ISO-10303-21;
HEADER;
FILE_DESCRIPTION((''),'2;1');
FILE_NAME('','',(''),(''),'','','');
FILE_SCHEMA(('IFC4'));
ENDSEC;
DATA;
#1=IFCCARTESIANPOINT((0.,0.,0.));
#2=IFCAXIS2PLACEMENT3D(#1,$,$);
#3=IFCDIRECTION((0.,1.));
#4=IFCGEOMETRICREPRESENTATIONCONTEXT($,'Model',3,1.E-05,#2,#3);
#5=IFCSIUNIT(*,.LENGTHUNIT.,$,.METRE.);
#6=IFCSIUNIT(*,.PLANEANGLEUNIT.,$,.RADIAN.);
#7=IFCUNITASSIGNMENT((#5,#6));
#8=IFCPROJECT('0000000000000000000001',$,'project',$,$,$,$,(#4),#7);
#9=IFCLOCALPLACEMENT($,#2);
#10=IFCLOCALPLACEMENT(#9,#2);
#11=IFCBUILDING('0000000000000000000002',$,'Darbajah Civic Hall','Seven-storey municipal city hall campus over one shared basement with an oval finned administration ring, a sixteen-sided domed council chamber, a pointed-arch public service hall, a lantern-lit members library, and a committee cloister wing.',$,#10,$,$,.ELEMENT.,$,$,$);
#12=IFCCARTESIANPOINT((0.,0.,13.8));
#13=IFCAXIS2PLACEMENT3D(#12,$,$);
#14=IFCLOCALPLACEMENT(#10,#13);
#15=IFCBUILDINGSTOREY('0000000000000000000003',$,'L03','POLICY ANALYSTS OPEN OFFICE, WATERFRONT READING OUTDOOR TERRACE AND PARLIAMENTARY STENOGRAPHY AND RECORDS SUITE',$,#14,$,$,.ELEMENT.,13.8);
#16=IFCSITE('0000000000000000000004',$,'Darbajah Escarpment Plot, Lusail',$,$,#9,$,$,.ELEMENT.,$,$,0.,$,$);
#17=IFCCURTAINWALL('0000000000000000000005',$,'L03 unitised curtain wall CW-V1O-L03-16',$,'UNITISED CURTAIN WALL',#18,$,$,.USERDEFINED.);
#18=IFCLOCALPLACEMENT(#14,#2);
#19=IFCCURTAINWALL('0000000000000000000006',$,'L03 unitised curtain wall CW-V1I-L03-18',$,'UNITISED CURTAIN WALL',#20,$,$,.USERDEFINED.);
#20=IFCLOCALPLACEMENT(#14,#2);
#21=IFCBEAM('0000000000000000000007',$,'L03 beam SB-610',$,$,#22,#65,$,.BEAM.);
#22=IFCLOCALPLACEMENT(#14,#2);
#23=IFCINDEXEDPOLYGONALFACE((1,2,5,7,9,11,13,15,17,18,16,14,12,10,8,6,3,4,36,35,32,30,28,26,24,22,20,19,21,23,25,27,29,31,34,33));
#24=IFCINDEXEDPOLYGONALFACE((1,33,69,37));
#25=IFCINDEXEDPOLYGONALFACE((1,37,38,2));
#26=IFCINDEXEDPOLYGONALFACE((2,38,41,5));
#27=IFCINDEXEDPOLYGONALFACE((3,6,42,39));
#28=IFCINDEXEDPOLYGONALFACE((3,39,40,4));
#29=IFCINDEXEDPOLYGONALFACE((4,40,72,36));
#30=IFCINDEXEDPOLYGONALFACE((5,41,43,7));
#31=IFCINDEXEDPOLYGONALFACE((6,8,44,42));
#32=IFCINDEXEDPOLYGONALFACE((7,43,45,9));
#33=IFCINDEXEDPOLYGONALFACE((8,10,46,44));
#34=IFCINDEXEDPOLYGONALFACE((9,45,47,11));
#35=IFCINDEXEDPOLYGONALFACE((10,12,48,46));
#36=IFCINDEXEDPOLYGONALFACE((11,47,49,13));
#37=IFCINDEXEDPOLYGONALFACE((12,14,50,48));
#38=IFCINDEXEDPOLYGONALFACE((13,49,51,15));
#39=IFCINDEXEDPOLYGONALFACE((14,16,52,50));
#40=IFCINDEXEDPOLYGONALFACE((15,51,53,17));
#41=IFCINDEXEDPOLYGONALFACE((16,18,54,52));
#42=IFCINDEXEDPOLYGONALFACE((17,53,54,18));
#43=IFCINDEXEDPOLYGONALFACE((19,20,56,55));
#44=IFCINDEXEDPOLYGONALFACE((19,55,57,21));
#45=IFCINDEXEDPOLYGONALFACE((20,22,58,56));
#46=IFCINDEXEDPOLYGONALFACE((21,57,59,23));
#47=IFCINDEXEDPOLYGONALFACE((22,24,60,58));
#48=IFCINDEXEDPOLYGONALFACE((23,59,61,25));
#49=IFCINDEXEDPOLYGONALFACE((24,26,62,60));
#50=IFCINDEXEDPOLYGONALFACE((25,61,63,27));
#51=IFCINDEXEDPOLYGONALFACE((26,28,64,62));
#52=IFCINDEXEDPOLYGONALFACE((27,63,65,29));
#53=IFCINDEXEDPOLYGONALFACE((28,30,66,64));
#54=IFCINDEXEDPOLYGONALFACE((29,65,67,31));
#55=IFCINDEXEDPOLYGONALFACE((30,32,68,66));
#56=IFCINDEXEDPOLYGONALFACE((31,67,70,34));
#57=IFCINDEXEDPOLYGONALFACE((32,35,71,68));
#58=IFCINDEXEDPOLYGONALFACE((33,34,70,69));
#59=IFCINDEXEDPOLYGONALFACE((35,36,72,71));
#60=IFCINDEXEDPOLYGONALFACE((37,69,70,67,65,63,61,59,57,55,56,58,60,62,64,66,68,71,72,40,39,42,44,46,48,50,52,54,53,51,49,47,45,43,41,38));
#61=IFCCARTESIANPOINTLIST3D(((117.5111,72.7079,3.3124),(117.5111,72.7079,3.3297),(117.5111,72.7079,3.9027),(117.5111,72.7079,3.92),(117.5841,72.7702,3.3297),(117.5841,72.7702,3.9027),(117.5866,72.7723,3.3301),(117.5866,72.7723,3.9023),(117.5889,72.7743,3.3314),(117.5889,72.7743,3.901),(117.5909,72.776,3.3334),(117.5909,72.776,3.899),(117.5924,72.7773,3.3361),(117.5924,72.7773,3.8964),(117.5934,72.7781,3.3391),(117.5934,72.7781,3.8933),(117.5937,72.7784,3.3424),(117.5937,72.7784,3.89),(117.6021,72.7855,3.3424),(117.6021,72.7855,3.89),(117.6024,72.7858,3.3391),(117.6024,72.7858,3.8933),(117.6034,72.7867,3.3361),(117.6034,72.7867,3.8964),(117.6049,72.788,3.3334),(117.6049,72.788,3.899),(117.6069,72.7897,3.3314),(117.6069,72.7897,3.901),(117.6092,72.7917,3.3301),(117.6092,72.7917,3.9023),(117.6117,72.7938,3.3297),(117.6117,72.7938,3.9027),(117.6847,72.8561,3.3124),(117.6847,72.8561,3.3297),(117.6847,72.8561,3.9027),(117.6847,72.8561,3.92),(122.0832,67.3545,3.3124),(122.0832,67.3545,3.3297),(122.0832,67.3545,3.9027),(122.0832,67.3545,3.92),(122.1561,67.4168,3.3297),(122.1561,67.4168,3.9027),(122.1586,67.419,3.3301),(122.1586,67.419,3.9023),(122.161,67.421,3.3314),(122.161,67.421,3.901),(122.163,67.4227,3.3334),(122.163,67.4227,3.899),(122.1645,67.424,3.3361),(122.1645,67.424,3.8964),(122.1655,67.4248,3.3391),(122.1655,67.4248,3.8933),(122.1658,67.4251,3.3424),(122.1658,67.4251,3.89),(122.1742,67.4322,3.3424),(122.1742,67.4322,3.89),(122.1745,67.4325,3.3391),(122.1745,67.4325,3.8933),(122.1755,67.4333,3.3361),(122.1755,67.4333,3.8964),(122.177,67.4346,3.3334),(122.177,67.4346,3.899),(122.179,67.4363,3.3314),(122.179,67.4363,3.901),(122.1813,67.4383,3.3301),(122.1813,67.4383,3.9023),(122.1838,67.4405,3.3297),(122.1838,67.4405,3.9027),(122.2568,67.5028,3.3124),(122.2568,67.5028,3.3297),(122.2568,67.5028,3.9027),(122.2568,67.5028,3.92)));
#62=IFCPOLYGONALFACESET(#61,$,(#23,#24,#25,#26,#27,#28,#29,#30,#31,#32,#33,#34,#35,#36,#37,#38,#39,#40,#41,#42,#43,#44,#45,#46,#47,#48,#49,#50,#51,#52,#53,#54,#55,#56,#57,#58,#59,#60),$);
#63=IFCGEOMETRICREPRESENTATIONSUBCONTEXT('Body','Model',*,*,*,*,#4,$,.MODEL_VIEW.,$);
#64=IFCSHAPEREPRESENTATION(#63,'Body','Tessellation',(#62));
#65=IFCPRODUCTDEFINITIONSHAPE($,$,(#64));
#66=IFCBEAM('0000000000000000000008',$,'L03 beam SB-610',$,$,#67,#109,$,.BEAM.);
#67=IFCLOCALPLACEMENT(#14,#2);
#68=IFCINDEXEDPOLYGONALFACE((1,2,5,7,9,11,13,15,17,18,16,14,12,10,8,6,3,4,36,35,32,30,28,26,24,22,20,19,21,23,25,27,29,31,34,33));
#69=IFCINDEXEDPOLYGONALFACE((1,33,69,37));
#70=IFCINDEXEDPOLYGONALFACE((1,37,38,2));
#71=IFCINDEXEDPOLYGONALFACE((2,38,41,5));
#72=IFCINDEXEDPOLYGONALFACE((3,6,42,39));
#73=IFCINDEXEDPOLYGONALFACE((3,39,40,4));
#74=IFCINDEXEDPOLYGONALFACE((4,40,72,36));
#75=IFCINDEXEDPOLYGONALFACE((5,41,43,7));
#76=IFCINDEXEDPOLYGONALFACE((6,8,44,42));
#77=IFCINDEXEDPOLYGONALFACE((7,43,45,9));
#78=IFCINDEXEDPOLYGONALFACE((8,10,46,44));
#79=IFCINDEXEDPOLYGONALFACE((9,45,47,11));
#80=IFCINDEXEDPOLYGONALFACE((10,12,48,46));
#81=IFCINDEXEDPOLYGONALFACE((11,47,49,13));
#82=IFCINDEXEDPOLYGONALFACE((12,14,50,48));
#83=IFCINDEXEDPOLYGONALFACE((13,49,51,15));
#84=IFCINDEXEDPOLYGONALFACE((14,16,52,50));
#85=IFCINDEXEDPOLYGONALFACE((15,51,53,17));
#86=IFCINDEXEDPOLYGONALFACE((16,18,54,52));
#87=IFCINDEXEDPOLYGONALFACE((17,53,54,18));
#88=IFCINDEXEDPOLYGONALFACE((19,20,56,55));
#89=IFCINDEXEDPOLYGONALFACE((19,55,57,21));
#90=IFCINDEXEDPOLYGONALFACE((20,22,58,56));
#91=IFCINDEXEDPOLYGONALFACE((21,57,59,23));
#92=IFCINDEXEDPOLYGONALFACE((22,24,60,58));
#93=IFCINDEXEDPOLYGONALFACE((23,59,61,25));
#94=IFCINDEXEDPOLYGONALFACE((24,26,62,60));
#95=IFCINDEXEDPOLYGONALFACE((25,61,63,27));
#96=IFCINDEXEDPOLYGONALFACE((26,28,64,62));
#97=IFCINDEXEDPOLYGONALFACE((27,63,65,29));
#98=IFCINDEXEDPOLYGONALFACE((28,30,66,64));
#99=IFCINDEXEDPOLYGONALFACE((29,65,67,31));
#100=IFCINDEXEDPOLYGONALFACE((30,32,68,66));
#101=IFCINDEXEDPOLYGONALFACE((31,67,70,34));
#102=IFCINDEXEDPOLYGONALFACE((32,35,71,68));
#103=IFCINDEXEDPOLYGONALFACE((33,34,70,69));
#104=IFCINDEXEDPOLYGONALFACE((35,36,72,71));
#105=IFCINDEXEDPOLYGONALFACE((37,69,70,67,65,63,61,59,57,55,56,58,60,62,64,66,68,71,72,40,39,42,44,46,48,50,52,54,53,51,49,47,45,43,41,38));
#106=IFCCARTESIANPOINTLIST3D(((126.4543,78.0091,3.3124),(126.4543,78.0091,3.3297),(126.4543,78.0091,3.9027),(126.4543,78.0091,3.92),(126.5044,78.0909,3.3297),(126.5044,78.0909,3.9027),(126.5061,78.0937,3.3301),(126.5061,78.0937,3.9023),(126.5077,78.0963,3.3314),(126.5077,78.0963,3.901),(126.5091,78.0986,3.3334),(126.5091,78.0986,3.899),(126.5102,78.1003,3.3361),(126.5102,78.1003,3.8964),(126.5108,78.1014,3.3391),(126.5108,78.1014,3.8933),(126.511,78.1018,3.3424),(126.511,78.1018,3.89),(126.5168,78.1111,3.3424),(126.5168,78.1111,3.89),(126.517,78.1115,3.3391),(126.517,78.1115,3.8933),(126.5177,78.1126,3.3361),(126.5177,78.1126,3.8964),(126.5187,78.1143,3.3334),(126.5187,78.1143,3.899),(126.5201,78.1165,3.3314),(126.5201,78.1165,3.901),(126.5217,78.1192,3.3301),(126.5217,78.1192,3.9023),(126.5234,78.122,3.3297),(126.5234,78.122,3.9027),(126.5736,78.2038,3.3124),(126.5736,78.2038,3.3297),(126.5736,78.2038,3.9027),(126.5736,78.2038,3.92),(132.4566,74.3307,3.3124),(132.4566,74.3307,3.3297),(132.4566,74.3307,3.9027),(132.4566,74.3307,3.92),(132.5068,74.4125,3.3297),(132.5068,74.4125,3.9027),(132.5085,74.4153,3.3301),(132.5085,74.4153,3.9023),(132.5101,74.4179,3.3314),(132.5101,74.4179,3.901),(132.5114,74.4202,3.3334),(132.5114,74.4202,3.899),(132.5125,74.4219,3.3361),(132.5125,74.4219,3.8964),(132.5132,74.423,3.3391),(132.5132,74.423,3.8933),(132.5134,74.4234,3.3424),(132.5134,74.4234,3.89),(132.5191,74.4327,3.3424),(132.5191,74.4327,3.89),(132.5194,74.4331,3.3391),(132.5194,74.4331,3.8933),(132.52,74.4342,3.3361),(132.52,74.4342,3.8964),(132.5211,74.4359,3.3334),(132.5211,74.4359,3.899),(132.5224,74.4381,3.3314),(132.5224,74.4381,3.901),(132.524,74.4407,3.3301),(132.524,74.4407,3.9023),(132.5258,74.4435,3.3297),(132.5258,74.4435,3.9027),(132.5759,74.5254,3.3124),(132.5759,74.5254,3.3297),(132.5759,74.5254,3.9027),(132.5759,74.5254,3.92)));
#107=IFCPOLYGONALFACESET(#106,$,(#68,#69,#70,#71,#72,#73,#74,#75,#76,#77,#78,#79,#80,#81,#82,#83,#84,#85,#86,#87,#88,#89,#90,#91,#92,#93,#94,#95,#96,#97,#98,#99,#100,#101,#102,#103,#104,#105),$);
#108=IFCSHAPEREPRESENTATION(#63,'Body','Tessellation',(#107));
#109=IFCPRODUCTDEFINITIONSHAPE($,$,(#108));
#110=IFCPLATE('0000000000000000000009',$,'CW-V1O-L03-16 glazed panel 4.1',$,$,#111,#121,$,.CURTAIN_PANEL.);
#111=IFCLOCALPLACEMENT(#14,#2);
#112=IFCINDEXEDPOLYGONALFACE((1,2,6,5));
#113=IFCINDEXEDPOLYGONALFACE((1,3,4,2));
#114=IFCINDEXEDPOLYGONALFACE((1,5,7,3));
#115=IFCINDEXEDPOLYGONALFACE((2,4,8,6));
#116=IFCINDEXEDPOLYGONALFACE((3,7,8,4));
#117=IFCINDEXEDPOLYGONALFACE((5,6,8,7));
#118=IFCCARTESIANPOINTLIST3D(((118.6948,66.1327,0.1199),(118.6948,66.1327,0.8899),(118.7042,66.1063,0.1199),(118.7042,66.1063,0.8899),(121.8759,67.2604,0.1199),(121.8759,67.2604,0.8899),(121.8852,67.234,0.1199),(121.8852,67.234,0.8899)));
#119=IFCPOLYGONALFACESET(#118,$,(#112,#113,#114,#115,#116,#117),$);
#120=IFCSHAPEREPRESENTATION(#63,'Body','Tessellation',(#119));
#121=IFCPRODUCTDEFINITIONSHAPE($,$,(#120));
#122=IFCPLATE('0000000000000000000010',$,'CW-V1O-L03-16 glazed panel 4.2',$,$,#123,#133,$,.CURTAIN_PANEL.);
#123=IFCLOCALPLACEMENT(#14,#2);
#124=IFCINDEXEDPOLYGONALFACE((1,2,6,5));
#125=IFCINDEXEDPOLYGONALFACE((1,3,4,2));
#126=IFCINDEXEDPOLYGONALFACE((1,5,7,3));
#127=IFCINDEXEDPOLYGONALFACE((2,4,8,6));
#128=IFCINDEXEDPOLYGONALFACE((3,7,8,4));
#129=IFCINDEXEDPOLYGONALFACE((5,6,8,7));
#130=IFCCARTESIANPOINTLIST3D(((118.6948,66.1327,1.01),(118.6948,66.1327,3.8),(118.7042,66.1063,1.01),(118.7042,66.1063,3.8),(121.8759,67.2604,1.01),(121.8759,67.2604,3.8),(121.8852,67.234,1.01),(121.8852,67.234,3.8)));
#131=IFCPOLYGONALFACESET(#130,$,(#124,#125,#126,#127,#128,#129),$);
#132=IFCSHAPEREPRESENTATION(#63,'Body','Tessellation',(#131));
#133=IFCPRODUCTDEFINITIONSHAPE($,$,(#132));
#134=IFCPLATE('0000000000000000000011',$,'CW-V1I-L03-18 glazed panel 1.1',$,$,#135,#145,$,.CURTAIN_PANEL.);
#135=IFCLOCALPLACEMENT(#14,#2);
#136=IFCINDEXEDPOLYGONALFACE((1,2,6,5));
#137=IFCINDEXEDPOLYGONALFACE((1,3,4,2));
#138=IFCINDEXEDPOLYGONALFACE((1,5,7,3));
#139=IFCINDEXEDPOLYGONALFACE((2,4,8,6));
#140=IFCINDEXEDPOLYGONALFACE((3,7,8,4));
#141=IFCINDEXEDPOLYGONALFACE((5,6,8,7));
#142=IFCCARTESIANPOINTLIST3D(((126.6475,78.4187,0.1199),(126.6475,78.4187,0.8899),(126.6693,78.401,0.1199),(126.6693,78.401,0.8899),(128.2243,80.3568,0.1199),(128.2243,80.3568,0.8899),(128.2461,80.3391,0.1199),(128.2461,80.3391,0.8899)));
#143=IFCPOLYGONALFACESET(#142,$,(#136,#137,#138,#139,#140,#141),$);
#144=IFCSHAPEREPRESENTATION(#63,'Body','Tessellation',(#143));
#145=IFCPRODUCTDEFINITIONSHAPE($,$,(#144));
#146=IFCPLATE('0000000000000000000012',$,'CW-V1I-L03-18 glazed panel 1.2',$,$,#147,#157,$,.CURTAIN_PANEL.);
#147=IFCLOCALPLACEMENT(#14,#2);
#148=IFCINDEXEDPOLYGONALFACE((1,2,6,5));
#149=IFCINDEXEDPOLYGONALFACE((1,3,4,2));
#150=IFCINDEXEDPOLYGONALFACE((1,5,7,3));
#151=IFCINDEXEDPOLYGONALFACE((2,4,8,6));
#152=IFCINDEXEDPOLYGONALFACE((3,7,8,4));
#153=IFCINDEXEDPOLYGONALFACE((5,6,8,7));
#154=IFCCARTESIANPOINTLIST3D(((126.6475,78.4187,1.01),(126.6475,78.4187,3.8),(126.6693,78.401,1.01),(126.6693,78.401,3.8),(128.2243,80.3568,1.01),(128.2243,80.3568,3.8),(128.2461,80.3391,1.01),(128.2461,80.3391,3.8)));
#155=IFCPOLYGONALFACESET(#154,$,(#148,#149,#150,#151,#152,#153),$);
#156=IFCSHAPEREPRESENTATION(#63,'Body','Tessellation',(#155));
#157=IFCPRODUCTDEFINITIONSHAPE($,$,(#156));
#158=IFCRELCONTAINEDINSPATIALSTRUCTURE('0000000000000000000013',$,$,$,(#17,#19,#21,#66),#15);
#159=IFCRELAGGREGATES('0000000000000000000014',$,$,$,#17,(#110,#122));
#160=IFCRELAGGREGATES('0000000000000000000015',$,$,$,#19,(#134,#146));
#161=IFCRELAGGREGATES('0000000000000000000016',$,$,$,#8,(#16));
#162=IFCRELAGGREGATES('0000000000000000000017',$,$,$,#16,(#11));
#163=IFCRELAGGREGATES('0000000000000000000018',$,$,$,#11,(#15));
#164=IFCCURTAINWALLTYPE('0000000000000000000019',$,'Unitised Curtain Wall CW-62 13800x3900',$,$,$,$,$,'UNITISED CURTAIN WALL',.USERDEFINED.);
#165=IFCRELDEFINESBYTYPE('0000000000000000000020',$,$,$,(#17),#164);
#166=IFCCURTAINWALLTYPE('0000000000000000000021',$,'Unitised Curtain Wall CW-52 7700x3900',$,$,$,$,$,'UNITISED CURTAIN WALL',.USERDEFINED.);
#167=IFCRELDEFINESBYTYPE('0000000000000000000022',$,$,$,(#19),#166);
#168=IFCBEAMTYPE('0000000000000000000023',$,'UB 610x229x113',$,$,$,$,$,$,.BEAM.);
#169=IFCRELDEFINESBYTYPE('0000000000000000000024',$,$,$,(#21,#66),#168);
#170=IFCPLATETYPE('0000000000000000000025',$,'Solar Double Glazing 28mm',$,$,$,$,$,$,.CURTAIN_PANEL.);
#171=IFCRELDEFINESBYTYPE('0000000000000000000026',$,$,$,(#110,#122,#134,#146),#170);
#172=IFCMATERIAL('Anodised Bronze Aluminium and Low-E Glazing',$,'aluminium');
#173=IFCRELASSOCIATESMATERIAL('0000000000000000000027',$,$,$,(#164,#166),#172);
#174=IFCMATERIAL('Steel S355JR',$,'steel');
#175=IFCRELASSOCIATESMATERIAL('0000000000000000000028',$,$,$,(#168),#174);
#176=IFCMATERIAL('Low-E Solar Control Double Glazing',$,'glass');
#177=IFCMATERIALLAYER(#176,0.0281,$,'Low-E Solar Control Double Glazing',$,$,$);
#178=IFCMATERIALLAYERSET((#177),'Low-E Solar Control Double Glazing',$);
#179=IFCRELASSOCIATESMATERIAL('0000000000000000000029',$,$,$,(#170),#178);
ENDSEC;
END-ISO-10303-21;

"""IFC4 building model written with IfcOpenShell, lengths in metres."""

from ifc_helpers import new_model, si_unit, direction, frame, origin, origin_2d, place, context, subcontext, project, spatial, rectangle, i_section, extrude, material, layer, layer_set, material_profile, profile_set, type_object, element, aggregate, save


model = new_model("IFC4")

# Units and contexts
model_context = context("Model", 3, precision=1e-05, world=origin(), true_north=direction((0.0, 1.0)))
body_context = subcontext(model_context, "Body", "Model", "MODEL_VIEW")
ifc_project = project(units=[si_unit("LENGTHUNIT", "METRE"), si_unit("PLANEANGLEUNIT", "RADIAN")], contexts=[model_context])

# Site, building, storey
site_placement = place(None, origin())
site = spatial("IfcSite", under=ifc_project, at=site_placement, Name="Darbajah Escarpment Plot, Lusail", CompositionType="ELEMENT", RefElevation=0.0)
building_placement = place(site_placement, origin())
building = spatial("IfcBuilding", under=site, at=building_placement, Name="Darbajah Civic Hall", Description="Seven-storey municipal city hall campus over one shared basement with an oval finned administration ring, a sixteen-sided domed council chamber, a pointed-arch public service hall, a lantern-lit members library, and a committee cloister wing.", CompositionType="ELEMENT")
storey_placement = place(building_placement, frame((0.0, 0.0, 13.8)))
storey = spatial("IfcBuildingStorey", under=building, at=storey_placement, Name="L03", Description="POLICY ANALYSTS OPEN OFFICE, WATERFRONT READING OUTDOOR TERRACE AND PARLIAMENTARY STENOGRAPHY AND RECORDS SUITE", CompositionType="ELEMENT", Elevation=13.8)

# Curtain walls
ifc_material_1 = material(Name="Anodised Bronze Aluminium and Low-E Glazing", Category="aluminium")
curtain_wall_type_1 = type_object("IfcCurtainWallType", Name="Unitised Curtain Wall CW-62 13800x3900", ElementType="UNITISED CURTAIN WALL", PredefinedType="USERDEFINED", material=ifc_material_1)
curtain_wall_1_placement = place(storey_placement, origin())
curtain_wall_1 = element("IfcCurtainWall", 1, at=curtain_wall_1_placement, inside=storey, type_object=curtain_wall_type_1, Name="L03 unitised curtain wall CW-V1O-L03-16", ObjectType="UNITISED CURTAIN WALL", PredefinedType="USERDEFINED")
curtain_wall_type_2 = type_object("IfcCurtainWallType", Name="Unitised Curtain Wall CW-52 7700x3900", ElementType="UNITISED CURTAIN WALL", PredefinedType="USERDEFINED", material=ifc_material_1)
curtain_wall_2_placement = place(storey_placement, origin())
curtain_wall_2 = element("IfcCurtainWall", 2, at=curtain_wall_2_placement, inside=storey, type_object=curtain_wall_type_2, Name="L03 unitised curtain wall CW-V1I-L03-18", ObjectType="UNITISED CURTAIN WALL", PredefinedType="USERDEFINED")

# Beams
ifc_material_2 = material(Name="Steel S355JR", Category="steel")
ifc_material_profile_1 = material_profile(ifc_material_2, i_section(OverallWidth=0.2283, OverallDepth=0.6077, WebThickness=0.011, FlangeThickness=0.0173, FilletRadius=0.0127, at=origin_2d()), Name="UB 610x229x113")
ifc_profile_set_1 = profile_set([ifc_material_profile_1], Name="Steel S355JR")
beam_type_1 = type_object("IfcBeamType", Name="UB 610x229x113", PredefinedType="BEAM", material=ifc_profile_set_1)
beam_1_placement = place(storey_placement, frame((117.5979, 72.782, 3.6162), z_axis=(0.649439, -0.760413, 0.0), x_axis=(0.760413, 0.649439, 0.0)))
element("IfcBeam", 3, at=beam_1_placement, inside=storey, type_object=beam_type_1, Name="L03 beam SB-610", PredefinedType="BEAM", context=body_context, shape_type="SweptSolid", body=[
    extrude(i_section(OverallWidth=0.2283, OverallDepth=0.6077, WebThickness=0.011, FlangeThickness=0.0173, FilletRadius=0.0127, at=origin_2d()), origin(), (0.0, 0.0, 1.0), 7.04),
])
beam_2_placement = place(storey_placement, frame((126.5139, 78.1064, 3.6162), z_axis=(0.85263, -0.522516, 0.0), x_axis=(0.522516, 0.85263, 0.0)))
element("IfcBeam", 4, at=beam_2_placement, inside=storey, type_object=beam_type_1, Name="L03 beam SB-610", PredefinedType="BEAM", context=body_context, shape_type="SweptSolid", body=[
    extrude(i_section(OverallWidth=0.2283, OverallDepth=0.6077, WebThickness=0.011, FlangeThickness=0.0173, FilletRadius=0.0127, at=origin_2d()), origin(), (0.0, 0.0, 1.0), 7.0398),
])

# Plates
ifc_material_3 = material(Name="Low-E Solar Control Double Glazing", Category="glass")
ifc_layer_1 = layer(ifc_material_3, 0.0281, Name="Low-E Solar Control Double Glazing")
ifc_layer_set_1 = layer_set([ifc_layer_1], Name="Low-E Solar Control Double Glazing")
plate_type = type_object("IfcPlateType", Name="Solar Double Glazing 28mm", PredefinedType="CURTAIN_PANEL", material=ifc_layer_set_1)
plate_1_placement = place(storey_placement, frame((120.29, 66.6833, 0.1199), z_axis=(0.0, 0.0, 1.0), x_axis=(0.942525, 0.334136, 0.0)))
plate_1 = element("IfcPlate", 5, at=plate_1_placement, type_object=plate_type, Name="CW-V1O-L03-16 glazed panel 4.1", PredefinedType="CURTAIN_PANEL", context=body_context, shape_type="SweptSolid", body=[
    extrude(rectangle(XDim=3.375, YDim=0.0281, at=origin_2d()), origin(), (0.0, 0.0, 1.0), 0.77),
])
plate_2_placement = place(storey_placement, frame((120.29, 66.6833, 1.01), z_axis=(0.0, 0.0, 1.0), x_axis=(0.942525, 0.334136, 0.0)))
plate_2 = element("IfcPlate", 6, at=plate_2_placement, type_object=plate_type, Name="CW-V1O-L03-16 glazed panel 4.2", PredefinedType="CURTAIN_PANEL", context=body_context, shape_type="SweptSolid", body=[
    extrude(rectangle(XDim=3.375, YDim=0.0281, at=origin_2d()), origin(), (0.0, 0.0, 1.0), 2.79),
])
aggregate(curtain_wall_1, [plate_1, plate_2])
plate_3_placement = place(storey_placement, frame((127.4468, 79.3789, 0.1199), z_axis=(0.0, 0.0, 1.0), x_axis=(0.631082, 0.775716, 0.0)))
plate_3 = element("IfcPlate", 7, at=plate_3_placement, type_object=plate_type, Name="CW-V1I-L03-18 glazed panel 1.1", PredefinedType="CURTAIN_PANEL", context=body_context, shape_type="SweptSolid", body=[
    extrude(rectangle(XDim=2.4985, YDim=0.0281, at=origin_2d()), origin(), (0.0, 0.0, 1.0), 0.77),
])
plate_4_placement = place(storey_placement, frame((127.4468, 79.3789, 1.01), z_axis=(0.0, 0.0, 1.0), x_axis=(0.631082, 0.775716, 0.0)))
plate_4 = element("IfcPlate", 8, at=plate_4_placement, type_object=plate_type, Name="CW-V1I-L03-18 glazed panel 1.2", PredefinedType="CURTAIN_PANEL", context=body_context, shape_type="SweptSolid", body=[
    extrude(rectangle(XDim=2.4985, YDim=0.0281, at=origin_2d()), origin(), (0.0, 0.0, 1.0), 2.79),
])
aggregate(curtain_wall_2, [plate_3, plate_4])

save(model, "model.ifc")
